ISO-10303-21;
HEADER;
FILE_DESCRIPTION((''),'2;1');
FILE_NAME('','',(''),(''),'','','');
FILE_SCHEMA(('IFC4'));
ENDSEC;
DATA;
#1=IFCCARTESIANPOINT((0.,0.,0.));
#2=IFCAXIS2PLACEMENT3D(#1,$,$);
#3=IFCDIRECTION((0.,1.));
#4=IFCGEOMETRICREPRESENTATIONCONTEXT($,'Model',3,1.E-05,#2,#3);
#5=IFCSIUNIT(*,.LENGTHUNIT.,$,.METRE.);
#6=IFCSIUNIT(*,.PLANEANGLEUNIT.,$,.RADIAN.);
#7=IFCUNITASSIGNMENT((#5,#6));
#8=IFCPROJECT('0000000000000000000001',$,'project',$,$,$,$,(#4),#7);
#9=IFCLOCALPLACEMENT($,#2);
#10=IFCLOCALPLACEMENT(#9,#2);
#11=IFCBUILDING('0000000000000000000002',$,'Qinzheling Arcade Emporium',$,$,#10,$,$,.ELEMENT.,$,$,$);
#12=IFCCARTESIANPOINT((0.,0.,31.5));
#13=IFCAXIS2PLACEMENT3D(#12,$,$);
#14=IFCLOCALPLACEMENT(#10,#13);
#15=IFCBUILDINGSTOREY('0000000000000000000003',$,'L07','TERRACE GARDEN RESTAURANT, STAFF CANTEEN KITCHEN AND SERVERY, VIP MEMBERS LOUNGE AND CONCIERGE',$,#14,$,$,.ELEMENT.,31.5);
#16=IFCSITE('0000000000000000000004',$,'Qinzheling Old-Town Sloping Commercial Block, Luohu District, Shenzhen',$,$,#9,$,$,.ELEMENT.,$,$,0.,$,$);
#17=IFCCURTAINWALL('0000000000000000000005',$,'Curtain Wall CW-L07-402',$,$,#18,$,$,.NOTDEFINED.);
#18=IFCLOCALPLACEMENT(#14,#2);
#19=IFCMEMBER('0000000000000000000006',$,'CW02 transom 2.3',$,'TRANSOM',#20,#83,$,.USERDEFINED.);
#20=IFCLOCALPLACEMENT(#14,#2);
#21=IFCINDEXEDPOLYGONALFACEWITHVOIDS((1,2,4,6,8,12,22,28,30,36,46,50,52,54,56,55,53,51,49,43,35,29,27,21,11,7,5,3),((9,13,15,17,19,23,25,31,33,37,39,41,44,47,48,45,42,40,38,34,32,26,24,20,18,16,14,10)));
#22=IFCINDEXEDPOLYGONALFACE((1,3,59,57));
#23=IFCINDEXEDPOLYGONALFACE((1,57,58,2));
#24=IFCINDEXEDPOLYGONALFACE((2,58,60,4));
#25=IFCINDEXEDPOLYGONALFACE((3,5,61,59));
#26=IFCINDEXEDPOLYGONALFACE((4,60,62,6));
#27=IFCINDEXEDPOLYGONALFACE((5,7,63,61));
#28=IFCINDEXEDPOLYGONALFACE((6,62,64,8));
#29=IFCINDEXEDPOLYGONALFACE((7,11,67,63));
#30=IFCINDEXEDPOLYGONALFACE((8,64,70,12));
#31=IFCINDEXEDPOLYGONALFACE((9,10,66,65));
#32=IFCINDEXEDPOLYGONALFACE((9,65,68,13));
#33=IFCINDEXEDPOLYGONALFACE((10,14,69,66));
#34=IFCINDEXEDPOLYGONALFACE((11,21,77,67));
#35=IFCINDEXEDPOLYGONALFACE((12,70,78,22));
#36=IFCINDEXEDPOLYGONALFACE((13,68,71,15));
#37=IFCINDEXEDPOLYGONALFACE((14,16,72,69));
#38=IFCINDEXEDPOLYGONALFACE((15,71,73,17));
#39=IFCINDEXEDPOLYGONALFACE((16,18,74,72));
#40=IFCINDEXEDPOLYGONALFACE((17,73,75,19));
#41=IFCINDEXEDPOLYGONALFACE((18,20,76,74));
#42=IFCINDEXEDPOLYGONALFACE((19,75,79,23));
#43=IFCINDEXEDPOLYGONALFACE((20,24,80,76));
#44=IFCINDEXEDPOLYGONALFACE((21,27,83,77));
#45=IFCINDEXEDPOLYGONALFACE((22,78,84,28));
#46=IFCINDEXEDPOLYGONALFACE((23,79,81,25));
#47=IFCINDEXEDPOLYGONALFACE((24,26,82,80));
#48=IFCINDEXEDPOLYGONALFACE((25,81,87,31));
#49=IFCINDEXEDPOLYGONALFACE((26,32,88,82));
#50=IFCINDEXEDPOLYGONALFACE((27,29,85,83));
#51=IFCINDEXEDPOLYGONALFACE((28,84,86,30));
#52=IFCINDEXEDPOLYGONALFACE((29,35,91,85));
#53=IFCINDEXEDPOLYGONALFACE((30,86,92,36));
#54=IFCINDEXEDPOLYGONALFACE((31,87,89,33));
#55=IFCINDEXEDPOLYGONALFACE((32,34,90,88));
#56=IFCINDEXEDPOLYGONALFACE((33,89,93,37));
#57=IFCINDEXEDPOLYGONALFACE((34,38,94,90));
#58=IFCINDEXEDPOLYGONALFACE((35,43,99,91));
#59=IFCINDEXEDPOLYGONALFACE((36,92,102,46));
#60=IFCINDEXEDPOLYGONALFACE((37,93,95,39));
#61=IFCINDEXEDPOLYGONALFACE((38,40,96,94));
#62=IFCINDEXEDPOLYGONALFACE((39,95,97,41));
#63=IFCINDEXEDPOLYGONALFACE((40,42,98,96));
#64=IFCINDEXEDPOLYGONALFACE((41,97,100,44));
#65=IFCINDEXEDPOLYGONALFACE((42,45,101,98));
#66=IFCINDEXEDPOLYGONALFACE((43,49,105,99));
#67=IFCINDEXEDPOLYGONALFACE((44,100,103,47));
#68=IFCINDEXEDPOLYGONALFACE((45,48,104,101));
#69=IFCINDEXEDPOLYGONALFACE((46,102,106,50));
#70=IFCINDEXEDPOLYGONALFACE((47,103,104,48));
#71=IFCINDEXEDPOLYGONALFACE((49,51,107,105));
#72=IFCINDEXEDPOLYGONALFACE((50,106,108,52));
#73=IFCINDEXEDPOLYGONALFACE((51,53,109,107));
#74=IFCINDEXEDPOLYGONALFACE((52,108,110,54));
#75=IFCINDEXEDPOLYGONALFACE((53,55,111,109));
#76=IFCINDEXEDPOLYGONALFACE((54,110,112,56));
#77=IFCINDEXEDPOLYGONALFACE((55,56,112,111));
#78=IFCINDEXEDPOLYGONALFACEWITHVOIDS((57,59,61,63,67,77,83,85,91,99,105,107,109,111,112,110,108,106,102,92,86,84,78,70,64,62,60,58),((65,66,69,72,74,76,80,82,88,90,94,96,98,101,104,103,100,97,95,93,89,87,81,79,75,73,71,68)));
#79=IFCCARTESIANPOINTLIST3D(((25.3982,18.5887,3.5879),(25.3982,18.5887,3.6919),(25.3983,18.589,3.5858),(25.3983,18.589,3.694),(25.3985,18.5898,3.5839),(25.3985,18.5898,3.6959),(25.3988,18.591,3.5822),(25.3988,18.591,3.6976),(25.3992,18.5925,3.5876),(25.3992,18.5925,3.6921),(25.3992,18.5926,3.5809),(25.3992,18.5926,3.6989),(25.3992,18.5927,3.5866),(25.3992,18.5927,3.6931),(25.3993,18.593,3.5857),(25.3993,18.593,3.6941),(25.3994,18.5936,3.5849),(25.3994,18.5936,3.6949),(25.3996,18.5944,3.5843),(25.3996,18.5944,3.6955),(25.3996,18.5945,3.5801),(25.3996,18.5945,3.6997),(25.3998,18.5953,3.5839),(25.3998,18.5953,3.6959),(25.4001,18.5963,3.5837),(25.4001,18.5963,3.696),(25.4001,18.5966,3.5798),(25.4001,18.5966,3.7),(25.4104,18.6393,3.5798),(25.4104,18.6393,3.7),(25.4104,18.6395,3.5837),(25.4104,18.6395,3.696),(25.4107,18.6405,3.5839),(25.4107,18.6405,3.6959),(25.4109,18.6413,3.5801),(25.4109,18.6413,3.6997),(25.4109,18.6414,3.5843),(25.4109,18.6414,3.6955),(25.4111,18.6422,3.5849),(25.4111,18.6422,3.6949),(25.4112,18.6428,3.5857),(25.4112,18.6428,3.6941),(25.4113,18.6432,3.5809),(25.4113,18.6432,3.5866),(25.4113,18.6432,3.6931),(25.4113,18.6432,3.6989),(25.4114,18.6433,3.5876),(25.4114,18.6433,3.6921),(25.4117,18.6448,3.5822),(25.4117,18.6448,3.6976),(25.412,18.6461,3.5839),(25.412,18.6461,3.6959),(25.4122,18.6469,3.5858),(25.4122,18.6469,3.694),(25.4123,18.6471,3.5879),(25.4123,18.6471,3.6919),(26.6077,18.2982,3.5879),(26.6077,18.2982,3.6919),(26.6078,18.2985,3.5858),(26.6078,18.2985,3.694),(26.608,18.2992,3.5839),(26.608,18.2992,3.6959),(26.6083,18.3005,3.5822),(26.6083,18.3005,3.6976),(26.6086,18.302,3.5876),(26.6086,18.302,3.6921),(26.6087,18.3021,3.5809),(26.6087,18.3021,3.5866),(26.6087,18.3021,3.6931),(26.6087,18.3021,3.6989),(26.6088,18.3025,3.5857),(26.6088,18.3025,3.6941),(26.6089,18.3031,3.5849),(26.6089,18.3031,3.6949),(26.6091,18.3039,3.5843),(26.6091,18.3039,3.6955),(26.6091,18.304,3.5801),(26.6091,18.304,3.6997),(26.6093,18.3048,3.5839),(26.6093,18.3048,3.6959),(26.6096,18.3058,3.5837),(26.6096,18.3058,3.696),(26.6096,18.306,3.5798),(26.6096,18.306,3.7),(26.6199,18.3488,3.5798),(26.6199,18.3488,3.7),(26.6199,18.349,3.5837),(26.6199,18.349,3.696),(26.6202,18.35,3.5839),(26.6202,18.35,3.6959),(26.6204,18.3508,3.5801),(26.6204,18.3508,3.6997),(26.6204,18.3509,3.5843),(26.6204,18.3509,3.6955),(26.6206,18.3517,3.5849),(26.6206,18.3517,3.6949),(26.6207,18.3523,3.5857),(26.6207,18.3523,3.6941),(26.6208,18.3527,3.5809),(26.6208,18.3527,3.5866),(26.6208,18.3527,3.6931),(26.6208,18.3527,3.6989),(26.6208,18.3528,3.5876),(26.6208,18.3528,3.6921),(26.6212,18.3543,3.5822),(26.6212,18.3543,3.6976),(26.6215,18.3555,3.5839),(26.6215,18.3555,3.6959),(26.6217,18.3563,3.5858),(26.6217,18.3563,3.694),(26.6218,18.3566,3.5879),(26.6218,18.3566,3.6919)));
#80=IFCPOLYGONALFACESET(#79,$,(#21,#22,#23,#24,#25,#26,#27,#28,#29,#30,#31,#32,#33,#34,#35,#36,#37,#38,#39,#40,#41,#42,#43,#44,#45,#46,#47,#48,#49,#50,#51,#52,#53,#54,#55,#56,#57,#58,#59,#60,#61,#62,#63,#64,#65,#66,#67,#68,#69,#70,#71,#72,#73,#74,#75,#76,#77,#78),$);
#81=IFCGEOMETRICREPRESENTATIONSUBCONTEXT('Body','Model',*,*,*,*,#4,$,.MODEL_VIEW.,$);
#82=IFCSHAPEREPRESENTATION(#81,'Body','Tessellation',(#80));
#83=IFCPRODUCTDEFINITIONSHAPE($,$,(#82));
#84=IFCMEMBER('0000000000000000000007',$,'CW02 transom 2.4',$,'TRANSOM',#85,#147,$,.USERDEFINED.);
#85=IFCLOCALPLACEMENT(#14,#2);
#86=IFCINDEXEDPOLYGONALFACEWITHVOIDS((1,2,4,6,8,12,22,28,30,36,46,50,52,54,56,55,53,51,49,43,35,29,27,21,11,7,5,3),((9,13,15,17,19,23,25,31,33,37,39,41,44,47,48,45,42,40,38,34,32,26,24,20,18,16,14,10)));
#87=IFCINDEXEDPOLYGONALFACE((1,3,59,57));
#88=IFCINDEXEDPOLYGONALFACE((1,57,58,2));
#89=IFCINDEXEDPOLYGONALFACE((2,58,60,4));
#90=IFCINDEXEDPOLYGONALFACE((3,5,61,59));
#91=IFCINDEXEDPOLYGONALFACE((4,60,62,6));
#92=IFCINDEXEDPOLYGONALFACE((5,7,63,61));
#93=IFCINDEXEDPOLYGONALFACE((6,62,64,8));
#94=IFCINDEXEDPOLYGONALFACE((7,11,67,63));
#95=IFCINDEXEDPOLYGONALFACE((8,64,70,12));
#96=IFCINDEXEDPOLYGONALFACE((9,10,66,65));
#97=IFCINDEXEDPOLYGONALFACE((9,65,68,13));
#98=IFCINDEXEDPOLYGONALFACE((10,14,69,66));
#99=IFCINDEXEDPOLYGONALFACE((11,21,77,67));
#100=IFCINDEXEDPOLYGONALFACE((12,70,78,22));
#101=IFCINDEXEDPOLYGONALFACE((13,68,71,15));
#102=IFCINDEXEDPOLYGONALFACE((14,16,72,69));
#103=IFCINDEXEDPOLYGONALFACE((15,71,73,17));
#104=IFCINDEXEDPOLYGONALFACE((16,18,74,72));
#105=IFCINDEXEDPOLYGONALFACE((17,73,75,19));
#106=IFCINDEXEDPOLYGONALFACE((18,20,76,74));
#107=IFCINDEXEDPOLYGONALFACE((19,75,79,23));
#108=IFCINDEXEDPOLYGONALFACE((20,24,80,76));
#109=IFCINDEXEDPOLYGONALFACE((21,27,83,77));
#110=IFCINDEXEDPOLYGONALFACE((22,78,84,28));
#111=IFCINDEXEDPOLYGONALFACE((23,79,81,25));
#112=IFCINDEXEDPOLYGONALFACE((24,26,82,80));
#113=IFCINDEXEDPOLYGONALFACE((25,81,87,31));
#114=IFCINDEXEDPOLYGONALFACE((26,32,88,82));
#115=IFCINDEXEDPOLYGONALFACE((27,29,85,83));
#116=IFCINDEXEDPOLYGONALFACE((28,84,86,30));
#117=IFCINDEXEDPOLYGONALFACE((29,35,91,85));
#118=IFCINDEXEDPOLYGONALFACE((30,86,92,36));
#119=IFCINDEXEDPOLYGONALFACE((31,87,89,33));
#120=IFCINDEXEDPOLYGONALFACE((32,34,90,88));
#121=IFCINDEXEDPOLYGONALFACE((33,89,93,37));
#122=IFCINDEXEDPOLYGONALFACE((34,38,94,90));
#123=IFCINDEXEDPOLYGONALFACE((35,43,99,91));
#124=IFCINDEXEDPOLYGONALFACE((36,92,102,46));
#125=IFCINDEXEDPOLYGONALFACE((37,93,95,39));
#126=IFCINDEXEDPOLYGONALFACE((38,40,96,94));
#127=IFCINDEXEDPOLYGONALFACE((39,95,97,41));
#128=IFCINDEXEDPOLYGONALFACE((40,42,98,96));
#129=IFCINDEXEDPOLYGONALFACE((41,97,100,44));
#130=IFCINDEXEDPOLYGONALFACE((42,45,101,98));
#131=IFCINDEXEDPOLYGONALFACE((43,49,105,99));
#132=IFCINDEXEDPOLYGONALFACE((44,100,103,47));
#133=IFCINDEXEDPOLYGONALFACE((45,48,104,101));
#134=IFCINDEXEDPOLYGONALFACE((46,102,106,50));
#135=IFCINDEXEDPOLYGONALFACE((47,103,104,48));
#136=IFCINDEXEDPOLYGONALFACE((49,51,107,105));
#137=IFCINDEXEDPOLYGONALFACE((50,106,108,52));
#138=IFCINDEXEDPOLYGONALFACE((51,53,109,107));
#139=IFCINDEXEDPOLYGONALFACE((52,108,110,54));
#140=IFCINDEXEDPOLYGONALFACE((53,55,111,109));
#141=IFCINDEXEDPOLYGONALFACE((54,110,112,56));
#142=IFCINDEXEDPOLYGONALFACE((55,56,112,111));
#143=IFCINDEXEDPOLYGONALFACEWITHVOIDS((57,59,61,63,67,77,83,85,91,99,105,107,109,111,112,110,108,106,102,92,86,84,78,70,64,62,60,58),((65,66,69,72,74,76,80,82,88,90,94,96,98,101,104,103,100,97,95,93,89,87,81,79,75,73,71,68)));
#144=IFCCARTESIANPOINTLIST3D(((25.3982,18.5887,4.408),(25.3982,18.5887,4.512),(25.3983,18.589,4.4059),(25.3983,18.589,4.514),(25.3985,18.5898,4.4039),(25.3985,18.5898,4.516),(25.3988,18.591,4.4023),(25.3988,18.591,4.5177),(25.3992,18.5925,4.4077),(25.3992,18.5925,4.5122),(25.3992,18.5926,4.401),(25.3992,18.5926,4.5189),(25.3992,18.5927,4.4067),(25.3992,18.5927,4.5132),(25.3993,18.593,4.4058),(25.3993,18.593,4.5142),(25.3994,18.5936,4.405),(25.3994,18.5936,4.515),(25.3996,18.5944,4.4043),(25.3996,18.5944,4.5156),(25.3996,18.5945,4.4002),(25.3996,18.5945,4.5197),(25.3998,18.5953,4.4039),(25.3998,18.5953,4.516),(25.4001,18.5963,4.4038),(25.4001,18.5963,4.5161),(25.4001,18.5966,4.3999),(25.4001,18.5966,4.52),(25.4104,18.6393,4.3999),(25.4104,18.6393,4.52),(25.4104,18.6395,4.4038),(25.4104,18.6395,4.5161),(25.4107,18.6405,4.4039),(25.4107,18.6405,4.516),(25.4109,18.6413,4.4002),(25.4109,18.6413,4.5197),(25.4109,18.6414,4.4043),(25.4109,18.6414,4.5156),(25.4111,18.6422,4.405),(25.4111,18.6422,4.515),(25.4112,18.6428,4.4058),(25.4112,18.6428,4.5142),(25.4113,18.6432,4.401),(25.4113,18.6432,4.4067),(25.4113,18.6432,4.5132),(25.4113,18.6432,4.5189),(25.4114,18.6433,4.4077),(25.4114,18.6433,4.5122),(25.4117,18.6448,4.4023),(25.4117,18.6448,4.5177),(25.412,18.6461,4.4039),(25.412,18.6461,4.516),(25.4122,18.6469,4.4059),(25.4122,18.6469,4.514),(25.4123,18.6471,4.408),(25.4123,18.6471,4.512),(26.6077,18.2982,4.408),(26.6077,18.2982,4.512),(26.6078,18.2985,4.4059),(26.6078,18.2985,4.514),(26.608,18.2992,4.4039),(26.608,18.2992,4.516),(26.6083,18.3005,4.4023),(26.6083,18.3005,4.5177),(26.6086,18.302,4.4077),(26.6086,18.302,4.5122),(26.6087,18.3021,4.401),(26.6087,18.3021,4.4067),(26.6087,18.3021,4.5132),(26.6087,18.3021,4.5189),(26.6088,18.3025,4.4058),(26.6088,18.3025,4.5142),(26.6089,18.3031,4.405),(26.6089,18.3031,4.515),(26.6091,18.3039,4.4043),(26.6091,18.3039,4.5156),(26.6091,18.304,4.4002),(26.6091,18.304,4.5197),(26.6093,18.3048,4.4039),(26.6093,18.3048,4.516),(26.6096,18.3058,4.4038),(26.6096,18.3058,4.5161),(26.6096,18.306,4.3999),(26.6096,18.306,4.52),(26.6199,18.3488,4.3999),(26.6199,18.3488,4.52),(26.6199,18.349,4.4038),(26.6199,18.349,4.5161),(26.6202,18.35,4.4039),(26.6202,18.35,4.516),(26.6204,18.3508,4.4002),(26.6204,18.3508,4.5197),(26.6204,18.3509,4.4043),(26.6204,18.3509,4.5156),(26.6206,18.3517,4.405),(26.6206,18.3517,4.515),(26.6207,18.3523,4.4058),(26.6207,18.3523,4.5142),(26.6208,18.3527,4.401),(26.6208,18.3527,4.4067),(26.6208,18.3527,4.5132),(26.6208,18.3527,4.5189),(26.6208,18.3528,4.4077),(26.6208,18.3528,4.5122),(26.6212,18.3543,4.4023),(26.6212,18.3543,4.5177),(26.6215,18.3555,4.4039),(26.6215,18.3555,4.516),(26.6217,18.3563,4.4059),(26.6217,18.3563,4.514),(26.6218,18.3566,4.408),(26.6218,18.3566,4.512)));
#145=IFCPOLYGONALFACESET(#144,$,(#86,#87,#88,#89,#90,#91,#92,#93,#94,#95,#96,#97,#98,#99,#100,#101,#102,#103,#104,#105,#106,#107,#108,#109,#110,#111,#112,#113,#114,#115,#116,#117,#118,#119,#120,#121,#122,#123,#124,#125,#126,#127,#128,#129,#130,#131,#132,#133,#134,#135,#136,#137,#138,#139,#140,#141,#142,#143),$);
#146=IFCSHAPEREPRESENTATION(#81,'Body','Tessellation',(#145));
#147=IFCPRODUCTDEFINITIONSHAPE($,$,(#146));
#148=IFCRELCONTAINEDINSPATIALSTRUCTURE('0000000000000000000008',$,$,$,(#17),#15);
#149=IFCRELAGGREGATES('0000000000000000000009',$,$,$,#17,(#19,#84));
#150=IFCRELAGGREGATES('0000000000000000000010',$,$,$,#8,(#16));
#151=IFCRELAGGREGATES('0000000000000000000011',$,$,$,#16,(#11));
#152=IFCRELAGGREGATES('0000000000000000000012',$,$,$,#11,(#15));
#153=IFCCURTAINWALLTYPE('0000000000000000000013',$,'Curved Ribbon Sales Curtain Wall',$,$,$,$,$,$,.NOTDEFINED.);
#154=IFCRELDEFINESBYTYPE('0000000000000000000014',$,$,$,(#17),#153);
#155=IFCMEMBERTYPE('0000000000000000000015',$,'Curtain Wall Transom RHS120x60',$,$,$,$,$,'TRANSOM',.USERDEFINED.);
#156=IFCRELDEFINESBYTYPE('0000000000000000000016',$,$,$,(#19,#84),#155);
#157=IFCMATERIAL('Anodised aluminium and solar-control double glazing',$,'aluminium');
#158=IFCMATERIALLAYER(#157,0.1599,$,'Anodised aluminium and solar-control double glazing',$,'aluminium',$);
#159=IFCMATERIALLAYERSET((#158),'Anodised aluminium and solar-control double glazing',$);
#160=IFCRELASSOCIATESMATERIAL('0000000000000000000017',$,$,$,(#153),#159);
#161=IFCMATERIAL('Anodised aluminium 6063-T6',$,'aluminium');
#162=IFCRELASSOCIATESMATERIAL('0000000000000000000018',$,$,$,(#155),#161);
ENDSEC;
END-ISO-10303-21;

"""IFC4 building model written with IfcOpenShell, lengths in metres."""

from ifc_helpers import new_model, si_unit, direction, frame, origin, origin_2d, place, context, subcontext, project, spatial, hollow_rectangle, extrude, material, layer, layer_set, material_profile, profile_set, type_object, element, aggregate, save


model = new_model("IFC4")

# Units and contexts
model_context = context("Model", 3, precision=1e-05, world=origin(), true_north=direction((0.0, 1.0)))
body_context = subcontext(model_context, "Body", "Model", "MODEL_VIEW")
ifc_project = project(units=[si_unit("LENGTHUNIT", "METRE"), si_unit("PLANEANGLEUNIT", "RADIAN")], contexts=[model_context])

# Site, building, storey
site_placement = place(None, origin())
site = spatial("IfcSite", under=ifc_project, at=site_placement, Name="Qinzheling Old-Town Sloping Commercial Block, Luohu District, Shenzhen", CompositionType="ELEMENT", RefElevation=0.0)
building_placement = place(site_placement, origin())
building = spatial("IfcBuilding", under=site, at=building_placement, Name="Qinzheling Arcade Emporium", CompositionType="ELEMENT")
storey_placement = place(building_placement, frame((0.0, 0.0, 31.5)))
storey = spatial("IfcBuildingStorey", under=building, at=storey_placement, Name="L07", Description="TERRACE GARDEN RESTAURANT, STAFF CANTEEN KITCHEN AND SERVERY, VIP MEMBERS LOUNGE AND CONCIERGE", CompositionType="ELEMENT", Elevation=31.5)

# Curtain wall
ifc_material_1 = material(Name="Anodised aluminium and solar-control double glazing", Category="aluminium")
ifc_layer_1 = layer(ifc_material_1, 0.1599, Name="Anodised aluminium and solar-control double glazing", Category="aluminium")
ifc_layer_set_1 = layer_set([ifc_layer_1], Name="Anodised aluminium and solar-control double glazing")
curtain_wall_type = type_object("IfcCurtainWallType", Name="Curved Ribbon Sales Curtain Wall", PredefinedType="NOTDEFINED", material=ifc_layer_set_1)
curtain_wall_1_placement = place(storey_placement, origin())
curtain_wall_1 = element("IfcCurtainWall", 1, at=curtain_wall_1_placement, inside=storey, type_object=curtain_wall_type, Name="Curtain Wall CW-L07-402", PredefinedType="NOTDEFINED")
ifc_material_2 = material(Name="Anodised aluminium 6063-T6", Category="aluminium")

# Members
ifc_material_profile_1 = material_profile(ifc_material_2, hollow_rectangle(XDim=0.0601, YDim=0.1201, WallThickness=0.0039, InnerFilletRadius=0.0039, OuterFilletRadius=0.0081, at=origin_2d()), Name="RHS 120x60x4", Category="aluminium")
ifc_profile_set_1 = profile_set([ifc_material_profile_1], Name="Anodised aluminium 6063-T6")
member_type_1 = type_object("IfcMemberType", Name="Curtain Wall Transom RHS120x60", ElementType="TRANSOM", PredefinedType="USERDEFINED", material=ifc_profile_set_1)
member_1_placement = place(storey_placement, frame((26.6147, 18.3274, 3.6399), z_axis=(-0.972341, 0.233566, 0.0), x_axis=(-0.233566, -0.972341, 0.0)))
member_1 = element("IfcMember", 2, at=member_1_placement, type_object=member_type_1, Name="CW02 transom 2.3", ObjectType="TRANSOM", PredefinedType="USERDEFINED", context=body_context, shape_type="SweptSolid", body=[
    extrude(hollow_rectangle(XDim=0.0601, YDim=0.1201, WallThickness=0.0039, InnerFilletRadius=0.0039, OuterFilletRadius=0.0081, at=origin_2d()), origin(), (0.0, 0.0, 1.0), 1.2439),
])
member_2_placement = place(storey_placement, frame((26.6147, 18.3274, 4.46), z_axis=(-0.972341, 0.233566, 0.0), x_axis=(-0.233566, -0.972341, 0.0)))
member_2 = element("IfcMember", 3, at=member_2_placement, type_object=member_type_1, Name="CW02 transom 2.4", ObjectType="TRANSOM", PredefinedType="USERDEFINED", context=body_context, shape_type="SweptSolid", body=[
    extrude(hollow_rectangle(XDim=0.0601, YDim=0.1201, WallThickness=0.0039, InnerFilletRadius=0.0039, OuterFilletRadius=0.0081, at=origin_2d()), origin(), (0.0, 0.0, 1.0), 1.2439),
])

aggregate(curtain_wall_1, [member_1, member_2])

save(model, "model.ifc")
